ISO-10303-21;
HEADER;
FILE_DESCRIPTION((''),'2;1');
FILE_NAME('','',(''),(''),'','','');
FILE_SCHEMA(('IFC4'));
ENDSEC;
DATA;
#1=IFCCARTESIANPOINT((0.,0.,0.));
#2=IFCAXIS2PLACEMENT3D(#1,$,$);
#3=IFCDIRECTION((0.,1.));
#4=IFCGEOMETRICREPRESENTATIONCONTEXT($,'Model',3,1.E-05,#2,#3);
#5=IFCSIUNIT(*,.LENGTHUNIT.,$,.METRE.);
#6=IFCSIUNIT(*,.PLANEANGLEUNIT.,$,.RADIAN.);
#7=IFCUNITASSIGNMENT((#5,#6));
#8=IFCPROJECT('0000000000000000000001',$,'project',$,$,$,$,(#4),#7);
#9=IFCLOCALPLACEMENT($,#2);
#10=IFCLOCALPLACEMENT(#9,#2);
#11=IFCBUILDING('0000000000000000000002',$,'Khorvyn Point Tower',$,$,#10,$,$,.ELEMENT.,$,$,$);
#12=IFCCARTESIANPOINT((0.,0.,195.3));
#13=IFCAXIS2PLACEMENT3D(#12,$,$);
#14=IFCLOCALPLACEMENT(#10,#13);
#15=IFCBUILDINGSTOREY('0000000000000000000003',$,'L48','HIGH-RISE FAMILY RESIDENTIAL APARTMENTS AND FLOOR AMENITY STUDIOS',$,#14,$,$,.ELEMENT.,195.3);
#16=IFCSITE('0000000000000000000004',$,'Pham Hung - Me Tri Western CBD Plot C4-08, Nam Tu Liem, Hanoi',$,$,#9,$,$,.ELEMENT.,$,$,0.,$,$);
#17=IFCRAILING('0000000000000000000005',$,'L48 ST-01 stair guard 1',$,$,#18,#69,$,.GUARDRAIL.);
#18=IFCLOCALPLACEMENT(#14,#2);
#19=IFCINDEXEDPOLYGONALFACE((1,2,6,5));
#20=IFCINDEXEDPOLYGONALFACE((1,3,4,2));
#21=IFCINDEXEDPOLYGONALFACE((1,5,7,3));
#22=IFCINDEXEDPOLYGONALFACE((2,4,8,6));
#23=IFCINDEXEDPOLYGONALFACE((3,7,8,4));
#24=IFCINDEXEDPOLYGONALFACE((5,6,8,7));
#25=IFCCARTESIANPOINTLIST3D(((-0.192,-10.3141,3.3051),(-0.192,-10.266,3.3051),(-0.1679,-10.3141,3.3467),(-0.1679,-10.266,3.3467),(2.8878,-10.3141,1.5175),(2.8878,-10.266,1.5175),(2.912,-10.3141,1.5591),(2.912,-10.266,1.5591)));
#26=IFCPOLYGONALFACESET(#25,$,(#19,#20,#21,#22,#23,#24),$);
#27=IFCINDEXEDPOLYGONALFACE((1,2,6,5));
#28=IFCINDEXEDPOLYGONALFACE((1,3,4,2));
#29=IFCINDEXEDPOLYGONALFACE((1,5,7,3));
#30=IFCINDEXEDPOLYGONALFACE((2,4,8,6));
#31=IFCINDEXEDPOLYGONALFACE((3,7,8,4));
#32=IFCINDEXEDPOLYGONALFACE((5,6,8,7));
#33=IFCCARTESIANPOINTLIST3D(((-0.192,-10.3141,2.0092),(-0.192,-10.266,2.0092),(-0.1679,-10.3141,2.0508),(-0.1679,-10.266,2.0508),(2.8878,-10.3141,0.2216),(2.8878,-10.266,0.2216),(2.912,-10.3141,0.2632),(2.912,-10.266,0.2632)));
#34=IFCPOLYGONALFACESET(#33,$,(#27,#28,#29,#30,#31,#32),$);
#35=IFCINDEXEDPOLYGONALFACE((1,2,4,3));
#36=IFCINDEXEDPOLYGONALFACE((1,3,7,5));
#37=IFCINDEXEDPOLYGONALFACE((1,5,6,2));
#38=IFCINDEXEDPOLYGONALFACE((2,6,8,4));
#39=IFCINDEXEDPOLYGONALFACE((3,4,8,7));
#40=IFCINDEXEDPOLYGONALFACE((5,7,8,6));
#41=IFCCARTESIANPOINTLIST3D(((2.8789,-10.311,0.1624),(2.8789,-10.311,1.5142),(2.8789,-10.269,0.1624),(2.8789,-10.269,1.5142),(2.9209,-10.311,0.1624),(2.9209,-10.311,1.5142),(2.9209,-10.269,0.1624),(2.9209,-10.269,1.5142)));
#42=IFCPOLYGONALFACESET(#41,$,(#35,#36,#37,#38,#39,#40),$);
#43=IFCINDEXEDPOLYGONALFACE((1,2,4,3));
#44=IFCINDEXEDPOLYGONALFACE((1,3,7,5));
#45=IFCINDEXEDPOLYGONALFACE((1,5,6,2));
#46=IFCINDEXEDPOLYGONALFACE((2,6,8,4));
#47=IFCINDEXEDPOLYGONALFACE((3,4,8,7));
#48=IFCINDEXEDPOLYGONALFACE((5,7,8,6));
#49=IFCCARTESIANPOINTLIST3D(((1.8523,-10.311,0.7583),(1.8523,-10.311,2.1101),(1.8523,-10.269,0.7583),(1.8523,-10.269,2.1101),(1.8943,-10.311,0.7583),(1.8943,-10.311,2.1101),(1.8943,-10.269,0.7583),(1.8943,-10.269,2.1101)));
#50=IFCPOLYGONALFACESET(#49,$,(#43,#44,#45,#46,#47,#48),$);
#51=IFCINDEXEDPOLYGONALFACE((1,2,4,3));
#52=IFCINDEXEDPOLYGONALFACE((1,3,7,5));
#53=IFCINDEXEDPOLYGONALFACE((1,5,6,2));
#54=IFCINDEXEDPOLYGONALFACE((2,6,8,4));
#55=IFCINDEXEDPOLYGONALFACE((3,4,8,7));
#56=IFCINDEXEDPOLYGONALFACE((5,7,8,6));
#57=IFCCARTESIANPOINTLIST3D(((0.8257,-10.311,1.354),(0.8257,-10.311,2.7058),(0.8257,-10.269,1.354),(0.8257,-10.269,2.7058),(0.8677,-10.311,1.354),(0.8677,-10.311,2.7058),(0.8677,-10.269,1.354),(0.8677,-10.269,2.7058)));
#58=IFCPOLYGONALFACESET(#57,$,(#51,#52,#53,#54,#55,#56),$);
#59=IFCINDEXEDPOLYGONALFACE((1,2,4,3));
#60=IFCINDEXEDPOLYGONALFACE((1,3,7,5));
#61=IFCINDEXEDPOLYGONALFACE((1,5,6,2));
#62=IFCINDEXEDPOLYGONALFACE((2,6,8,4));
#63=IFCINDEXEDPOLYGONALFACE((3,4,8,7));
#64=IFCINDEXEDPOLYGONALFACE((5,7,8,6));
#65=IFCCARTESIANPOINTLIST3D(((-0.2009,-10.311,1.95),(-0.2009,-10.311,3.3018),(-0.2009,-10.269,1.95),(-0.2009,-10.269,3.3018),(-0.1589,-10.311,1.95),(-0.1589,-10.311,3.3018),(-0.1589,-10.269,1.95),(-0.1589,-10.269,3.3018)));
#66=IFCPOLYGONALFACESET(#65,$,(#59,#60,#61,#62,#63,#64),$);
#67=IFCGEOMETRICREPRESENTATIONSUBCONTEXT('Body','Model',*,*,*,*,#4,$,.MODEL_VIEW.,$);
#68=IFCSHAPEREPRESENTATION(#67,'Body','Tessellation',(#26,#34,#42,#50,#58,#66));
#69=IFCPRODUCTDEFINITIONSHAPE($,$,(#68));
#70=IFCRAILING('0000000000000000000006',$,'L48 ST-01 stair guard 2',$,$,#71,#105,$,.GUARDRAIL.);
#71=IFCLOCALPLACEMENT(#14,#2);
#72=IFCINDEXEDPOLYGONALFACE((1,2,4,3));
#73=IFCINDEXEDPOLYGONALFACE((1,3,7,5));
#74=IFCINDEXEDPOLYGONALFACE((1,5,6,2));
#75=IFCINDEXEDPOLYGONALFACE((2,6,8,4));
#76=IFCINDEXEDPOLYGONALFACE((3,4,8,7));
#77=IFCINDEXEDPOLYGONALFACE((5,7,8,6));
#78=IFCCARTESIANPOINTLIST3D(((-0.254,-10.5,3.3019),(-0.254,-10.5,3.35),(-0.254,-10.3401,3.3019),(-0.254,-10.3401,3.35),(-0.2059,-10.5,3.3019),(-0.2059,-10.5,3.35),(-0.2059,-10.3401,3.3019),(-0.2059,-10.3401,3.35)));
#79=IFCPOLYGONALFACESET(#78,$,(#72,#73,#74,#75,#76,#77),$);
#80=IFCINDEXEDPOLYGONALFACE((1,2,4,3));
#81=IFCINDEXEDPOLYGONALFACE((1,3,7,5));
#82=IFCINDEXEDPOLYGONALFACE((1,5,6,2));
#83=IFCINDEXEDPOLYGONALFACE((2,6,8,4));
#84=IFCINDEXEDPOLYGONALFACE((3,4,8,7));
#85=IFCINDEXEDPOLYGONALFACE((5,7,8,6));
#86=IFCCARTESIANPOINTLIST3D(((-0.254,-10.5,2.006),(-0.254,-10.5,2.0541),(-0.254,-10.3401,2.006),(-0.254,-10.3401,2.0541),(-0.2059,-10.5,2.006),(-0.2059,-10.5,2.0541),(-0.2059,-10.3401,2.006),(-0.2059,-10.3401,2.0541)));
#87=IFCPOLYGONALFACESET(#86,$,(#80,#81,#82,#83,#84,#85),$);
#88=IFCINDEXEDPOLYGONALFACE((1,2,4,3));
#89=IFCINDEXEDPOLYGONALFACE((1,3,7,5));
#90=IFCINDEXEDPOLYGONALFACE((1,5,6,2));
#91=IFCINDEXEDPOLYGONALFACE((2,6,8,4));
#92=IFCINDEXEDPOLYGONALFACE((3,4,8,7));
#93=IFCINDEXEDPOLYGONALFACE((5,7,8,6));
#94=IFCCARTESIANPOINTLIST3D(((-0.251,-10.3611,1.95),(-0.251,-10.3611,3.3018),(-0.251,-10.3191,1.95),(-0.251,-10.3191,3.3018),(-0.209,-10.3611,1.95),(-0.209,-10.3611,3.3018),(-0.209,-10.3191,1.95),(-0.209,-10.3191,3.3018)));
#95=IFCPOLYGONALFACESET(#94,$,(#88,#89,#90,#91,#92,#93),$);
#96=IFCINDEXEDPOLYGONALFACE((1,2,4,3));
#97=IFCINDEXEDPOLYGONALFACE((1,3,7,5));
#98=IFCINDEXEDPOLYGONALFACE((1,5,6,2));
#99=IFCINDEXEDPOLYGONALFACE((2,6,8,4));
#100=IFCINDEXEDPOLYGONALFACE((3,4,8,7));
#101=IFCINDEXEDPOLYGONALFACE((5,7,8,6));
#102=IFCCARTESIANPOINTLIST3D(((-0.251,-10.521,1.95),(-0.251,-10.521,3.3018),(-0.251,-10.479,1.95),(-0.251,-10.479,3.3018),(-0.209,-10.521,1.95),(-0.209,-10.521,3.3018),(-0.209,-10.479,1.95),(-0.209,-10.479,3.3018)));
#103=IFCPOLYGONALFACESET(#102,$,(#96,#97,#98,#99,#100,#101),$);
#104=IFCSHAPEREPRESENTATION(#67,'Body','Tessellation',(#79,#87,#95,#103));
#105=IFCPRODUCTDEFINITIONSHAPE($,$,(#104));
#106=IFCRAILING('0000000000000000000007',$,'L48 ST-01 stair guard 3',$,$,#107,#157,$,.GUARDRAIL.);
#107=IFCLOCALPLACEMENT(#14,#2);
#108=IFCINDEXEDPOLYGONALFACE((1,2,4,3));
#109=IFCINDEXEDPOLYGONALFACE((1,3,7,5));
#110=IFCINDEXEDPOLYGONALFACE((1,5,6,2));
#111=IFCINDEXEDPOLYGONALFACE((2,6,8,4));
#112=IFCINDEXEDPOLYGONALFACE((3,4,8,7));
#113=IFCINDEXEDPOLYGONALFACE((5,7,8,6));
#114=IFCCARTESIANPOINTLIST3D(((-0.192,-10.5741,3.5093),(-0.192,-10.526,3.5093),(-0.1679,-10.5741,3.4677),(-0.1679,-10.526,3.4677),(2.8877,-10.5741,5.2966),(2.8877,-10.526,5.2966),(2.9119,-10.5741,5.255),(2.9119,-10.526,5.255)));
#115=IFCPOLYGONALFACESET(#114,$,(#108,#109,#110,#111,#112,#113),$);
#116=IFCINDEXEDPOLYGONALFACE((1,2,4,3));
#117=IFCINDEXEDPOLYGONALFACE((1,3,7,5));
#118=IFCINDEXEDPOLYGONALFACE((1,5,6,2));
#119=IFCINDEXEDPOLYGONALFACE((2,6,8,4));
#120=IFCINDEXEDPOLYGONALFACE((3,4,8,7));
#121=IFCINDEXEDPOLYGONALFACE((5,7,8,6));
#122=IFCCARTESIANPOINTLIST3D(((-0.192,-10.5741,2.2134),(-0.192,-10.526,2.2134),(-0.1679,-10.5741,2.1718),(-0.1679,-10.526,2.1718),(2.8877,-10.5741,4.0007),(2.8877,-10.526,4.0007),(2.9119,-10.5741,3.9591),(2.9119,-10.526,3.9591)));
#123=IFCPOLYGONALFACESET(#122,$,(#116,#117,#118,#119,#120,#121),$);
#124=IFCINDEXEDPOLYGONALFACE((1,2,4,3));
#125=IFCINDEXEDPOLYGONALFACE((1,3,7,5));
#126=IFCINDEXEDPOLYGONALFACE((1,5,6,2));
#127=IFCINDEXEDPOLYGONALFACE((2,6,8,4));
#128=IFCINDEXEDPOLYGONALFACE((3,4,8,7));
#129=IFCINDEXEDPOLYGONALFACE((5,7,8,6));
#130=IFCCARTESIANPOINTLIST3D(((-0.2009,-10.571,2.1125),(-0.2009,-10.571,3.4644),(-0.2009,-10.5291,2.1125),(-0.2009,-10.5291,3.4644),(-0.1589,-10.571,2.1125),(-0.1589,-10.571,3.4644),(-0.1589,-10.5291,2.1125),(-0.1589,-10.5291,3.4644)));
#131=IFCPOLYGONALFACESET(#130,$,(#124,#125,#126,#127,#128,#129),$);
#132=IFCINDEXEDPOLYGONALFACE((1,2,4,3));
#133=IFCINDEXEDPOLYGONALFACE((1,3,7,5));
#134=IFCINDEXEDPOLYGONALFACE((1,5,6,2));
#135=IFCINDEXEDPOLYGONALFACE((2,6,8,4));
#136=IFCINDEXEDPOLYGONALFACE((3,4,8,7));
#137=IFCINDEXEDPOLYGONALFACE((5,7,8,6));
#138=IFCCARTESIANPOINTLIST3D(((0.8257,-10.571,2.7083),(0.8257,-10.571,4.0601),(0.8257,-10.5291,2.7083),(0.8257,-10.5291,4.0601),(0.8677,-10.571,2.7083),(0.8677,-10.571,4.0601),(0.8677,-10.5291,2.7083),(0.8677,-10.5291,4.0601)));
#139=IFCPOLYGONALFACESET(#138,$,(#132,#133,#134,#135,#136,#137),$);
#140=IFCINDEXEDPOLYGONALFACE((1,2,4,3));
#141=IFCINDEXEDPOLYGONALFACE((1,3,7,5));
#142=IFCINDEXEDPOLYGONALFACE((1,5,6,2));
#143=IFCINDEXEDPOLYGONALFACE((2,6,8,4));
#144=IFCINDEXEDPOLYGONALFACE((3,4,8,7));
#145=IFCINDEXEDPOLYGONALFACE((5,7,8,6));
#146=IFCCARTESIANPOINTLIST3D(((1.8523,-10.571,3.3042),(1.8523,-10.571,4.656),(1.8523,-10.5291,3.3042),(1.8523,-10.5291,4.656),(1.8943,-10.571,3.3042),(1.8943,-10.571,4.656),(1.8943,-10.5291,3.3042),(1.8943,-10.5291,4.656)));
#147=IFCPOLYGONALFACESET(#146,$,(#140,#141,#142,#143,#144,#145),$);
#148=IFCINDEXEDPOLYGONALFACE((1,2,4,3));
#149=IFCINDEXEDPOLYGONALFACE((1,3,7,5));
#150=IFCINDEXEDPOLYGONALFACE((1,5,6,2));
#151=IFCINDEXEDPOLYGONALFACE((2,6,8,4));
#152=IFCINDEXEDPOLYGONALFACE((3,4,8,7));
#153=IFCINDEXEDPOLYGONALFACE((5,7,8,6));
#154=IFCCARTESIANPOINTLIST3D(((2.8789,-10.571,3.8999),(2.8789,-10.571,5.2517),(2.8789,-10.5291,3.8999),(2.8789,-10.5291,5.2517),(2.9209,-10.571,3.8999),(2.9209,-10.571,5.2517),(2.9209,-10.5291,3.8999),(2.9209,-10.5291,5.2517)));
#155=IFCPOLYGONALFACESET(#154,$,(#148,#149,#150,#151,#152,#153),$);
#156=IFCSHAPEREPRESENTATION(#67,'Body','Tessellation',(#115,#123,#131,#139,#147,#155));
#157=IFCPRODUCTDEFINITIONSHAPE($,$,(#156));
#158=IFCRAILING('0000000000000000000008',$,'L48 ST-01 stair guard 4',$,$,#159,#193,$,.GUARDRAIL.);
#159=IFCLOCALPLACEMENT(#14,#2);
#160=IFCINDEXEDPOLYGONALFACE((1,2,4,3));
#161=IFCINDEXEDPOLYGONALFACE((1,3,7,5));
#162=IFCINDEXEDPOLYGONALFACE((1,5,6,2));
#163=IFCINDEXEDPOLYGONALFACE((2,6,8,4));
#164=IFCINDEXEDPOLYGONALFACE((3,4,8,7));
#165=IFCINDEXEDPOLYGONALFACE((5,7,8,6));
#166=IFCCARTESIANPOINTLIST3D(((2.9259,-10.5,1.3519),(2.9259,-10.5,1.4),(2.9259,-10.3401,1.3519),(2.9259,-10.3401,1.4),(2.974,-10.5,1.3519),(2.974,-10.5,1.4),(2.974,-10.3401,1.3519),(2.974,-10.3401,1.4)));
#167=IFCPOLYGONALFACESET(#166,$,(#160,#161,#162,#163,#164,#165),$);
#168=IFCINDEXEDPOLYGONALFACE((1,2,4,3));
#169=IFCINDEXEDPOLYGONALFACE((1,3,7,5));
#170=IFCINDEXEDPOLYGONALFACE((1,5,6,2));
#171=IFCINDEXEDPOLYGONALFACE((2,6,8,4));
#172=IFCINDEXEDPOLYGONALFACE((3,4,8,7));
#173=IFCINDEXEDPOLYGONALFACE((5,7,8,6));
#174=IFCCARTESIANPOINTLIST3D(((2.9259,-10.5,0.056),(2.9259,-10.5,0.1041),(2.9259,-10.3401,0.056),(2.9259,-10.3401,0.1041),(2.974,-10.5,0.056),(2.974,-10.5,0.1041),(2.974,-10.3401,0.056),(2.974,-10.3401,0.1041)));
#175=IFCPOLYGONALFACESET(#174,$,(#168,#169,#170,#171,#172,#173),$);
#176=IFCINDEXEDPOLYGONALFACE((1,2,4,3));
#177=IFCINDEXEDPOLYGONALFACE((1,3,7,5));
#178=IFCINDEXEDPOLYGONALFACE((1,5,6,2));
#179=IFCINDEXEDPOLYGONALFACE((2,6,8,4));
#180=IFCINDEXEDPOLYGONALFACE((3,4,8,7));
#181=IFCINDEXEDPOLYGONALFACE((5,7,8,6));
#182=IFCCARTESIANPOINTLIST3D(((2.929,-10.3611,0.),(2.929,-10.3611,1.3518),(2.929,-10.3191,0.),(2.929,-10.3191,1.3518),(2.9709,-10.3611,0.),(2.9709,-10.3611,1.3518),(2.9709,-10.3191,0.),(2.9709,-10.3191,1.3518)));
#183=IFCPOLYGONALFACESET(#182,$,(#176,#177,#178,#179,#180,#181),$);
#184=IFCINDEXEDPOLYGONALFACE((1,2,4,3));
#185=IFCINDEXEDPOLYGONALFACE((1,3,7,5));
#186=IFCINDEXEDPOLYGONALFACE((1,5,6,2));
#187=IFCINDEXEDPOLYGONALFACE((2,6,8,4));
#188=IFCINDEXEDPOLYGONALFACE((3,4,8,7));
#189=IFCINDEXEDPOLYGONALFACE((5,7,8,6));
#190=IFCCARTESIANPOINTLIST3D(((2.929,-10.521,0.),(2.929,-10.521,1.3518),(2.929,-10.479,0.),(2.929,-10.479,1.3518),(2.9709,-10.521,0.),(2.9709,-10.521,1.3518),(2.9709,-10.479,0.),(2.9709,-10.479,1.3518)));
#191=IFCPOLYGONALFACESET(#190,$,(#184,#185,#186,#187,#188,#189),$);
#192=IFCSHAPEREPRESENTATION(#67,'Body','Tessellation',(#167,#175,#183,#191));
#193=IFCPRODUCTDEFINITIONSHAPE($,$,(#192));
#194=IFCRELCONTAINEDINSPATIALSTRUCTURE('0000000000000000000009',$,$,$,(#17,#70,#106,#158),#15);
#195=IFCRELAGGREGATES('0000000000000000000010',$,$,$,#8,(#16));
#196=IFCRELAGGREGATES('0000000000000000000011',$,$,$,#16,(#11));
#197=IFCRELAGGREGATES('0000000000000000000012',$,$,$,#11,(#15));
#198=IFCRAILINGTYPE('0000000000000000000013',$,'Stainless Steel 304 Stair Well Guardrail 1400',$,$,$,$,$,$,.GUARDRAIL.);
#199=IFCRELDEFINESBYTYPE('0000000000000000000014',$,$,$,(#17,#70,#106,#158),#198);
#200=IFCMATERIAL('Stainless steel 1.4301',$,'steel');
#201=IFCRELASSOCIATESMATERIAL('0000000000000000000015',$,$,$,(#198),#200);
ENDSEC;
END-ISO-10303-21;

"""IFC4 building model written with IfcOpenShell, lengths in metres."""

from ifc_helpers import new_model, si_unit, direction, frame, origin, origin_2d, place, context, subcontext, project, spatial, rectangle, extrude, material, type_object, element, save


model = new_model("IFC4")

# Units and contexts
model_context = context("Model", 3, precision=1e-05, world=origin(), true_north=direction((0.0, 1.0)))
body_context = subcontext(model_context, "Body", "Model", "MODEL_VIEW")
ifc_project = project(units=[si_unit("LENGTHUNIT", "METRE"), si_unit("PLANEANGLEUNIT", "RADIAN")], contexts=[model_context])

# Site, building, storey
site_placement = place(None, origin())
site = spatial("IfcSite", under=ifc_project, at=site_placement, Name="Pham Hung - Me Tri Western CBD Plot C4-08, Nam Tu Liem, Hanoi", CompositionType="ELEMENT", RefElevation=0.0)
building_placement = place(site_placement, origin())
building = spatial("IfcBuilding", under=site, at=building_placement, Name="Khorvyn Point Tower", CompositionType="ELEMENT")
storey_placement = place(building_placement, frame((0.0, 0.0, 195.3)))
storey = spatial("IfcBuildingStorey", under=building, at=storey_placement, Name="L48", Description="HIGH-RISE FAMILY RESIDENTIAL APARTMENTS AND FLOOR AMENITY STUDIOS", CompositionType="ELEMENT", Elevation=195.3)

# Shared definitions
ifc_material_1 = material(Name="Stainless steel 1.4301", Category="steel")

# Railings
railing_type_1 = type_object("IfcRailingType", Name="Stainless Steel 304 Stair Well Guardrail 1400", PredefinedType="GUARDRAIL", material=ifc_material_1)
railing_1_placement = place(storey_placement, frame((2.8999, -10.29, 0.1624)))
element("IfcRailing", 1, at=railing_1_placement, inside=storey, type_object=railing_type_1, Name="L48 ST-01 stair guard 1", PredefinedType="GUARDRAIL", context=body_context, shape_type="SweptSolid", body=[
    extrude(rectangle(XDim=0.0481, YDim=0.0481, at=origin_2d()), frame((0.0, 0.0, 1.376), z_axis=(-0.864873, 0.0, 0.50199), x_axis=(0.0, -1.0, 0.0)), (0.0, 0.0, 1.0), 3.561),
    extrude(rectangle(XDim=0.0481, YDim=0.0481, at=origin_2d()), frame((0.0, 0.0, 0.0801), z_axis=(-0.864873, 0.0, 0.50199), x_axis=(0.0, -1.0, 0.0)), (0.0, 0.0, 1.0), 3.561),
    extrude(rectangle(XDim=0.042, YDim=0.042, at=origin_2d()), origin(), (0.0, 0.0, 1.0), 1.3518),
    extrude(rectangle(XDim=0.042, YDim=0.042, at=origin_2d()), frame((-1.0266, 0.0, 0.5959)), (0.0, 0.0, 1.0), 1.3518),
    extrude(rectangle(XDim=0.042, YDim=0.042, at=origin_2d()), frame((-2.0532, 0.0, 1.1917)), (0.0, 0.0, 1.0), 1.3518),
    extrude(rectangle(XDim=0.042, YDim=0.042, at=origin_2d()), frame((-3.0798, 0.0, 1.7876)), (0.0, 0.0, 1.0), 1.3518),
])
railing_2_placement = place(storey_placement, frame((-0.23, -10.3401, 1.95)))
element("IfcRailing", 2, at=railing_2_placement, inside=storey, type_object=railing_type_1, Name="L48 ST-01 stair guard 2", PredefinedType="GUARDRAIL", context=body_context, shape_type="SweptSolid", body=[
    extrude(rectangle(XDim=0.0481, YDim=0.0481, at=origin_2d()), frame((0.0, 0.0, 1.376), z_axis=(0.0, -1.0, 0.0), x_axis=(1.0, 0.0, 0.0)), (0.0, 0.0, 1.0), 0.1599),
    extrude(rectangle(XDim=0.0481, YDim=0.0481, at=origin_2d()), frame((0.0, 0.0, 0.0801), z_axis=(0.0, -1.0, 0.0), x_axis=(1.0, 0.0, 0.0)), (0.0, 0.0, 1.0), 0.1599),
    extrude(rectangle(XDim=0.042, YDim=0.042, at=origin_2d()), origin(), (0.0, 0.0, 1.0), 1.3518),
    extrude(rectangle(XDim=0.042, YDim=0.042, at=origin_2d()), frame((0.0, -0.1599, 0.0)), (0.0, 0.0, 1.0), 1.3518),
])
railing_3_placement = place(storey_placement, frame((-0.1799, -10.55, 2.1125)))
element("IfcRailing", 3, at=railing_3_placement, inside=storey, type_object=railing_type_1, Name="L48 ST-01 stair guard 3", PredefinedType="GUARDRAIL", context=body_context, shape_type="SweptSolid", body=[
    extrude(rectangle(XDim=0.0481, YDim=0.0481, at=origin_2d()), frame((0.0, 0.0, 1.376), z_axis=(0.864903, 0.0, 0.501939), x_axis=(0.0, 1.0, 0.0)), (0.0, 0.0, 1.0), 3.5608),
    extrude(rectangle(XDim=0.0481, YDim=0.0481, at=origin_2d()), frame((0.0, 0.0, 0.0801), z_axis=(0.864903, 0.0, 0.501939), x_axis=(0.0, 1.0, 0.0)), (0.0, 0.0, 1.0), 3.5608),
    extrude(rectangle(XDim=0.042, YDim=0.042, at=origin_2d()), origin(), (0.0, 0.0, 1.0), 1.3518),
    extrude(rectangle(XDim=0.042, YDim=0.042, at=origin_2d()), frame((1.0266, 0.0, 0.5957)), (0.0, 0.0, 1.0), 1.3518),
    extrude(rectangle(XDim=0.042, YDim=0.042, at=origin_2d()), frame((2.0532, 0.0, 1.1917)), (0.0, 0.0, 1.0), 1.3518),
    extrude(rectangle(XDim=0.042, YDim=0.042, at=origin_2d()), frame((3.0798, 0.0, 1.7874)), (0.0, 0.0, 1.0), 1.3518),
])
railing_4_placement = place(storey_placement, frame((2.95, -10.3401, 0.0)))
element("IfcRailing", 4, at=railing_4_placement, inside=storey, type_object=railing_type_1, Name="L48 ST-01 stair guard 4", PredefinedType="GUARDRAIL", context=body_context, shape_type="SweptSolid", body=[
    extrude(rectangle(XDim=0.0481, YDim=0.0481, at=origin_2d()), frame((0.0, 0.0, 1.376), z_axis=(0.0, -1.0, 0.0), x_axis=(1.0, 0.0, 0.0)), (0.0, 0.0, 1.0), 0.1599),
    extrude(rectangle(XDim=0.0481, YDim=0.0481, at=origin_2d()), frame((0.0, 0.0, 0.0801), z_axis=(0.0, -1.0, 0.0), x_axis=(1.0, 0.0, 0.0)), (0.0, 0.0, 1.0), 0.1599),
    extrude(rectangle(XDim=0.042, YDim=0.042, at=origin_2d()), origin(), (0.0, 0.0, 1.0), 1.3518),
    extrude(rectangle(XDim=0.042, YDim=0.042, at=origin_2d()), frame((0.0, -0.1599, 0.0)), (0.0, 0.0, 1.0), 1.3518),
])

save(model, "model.ifc")
